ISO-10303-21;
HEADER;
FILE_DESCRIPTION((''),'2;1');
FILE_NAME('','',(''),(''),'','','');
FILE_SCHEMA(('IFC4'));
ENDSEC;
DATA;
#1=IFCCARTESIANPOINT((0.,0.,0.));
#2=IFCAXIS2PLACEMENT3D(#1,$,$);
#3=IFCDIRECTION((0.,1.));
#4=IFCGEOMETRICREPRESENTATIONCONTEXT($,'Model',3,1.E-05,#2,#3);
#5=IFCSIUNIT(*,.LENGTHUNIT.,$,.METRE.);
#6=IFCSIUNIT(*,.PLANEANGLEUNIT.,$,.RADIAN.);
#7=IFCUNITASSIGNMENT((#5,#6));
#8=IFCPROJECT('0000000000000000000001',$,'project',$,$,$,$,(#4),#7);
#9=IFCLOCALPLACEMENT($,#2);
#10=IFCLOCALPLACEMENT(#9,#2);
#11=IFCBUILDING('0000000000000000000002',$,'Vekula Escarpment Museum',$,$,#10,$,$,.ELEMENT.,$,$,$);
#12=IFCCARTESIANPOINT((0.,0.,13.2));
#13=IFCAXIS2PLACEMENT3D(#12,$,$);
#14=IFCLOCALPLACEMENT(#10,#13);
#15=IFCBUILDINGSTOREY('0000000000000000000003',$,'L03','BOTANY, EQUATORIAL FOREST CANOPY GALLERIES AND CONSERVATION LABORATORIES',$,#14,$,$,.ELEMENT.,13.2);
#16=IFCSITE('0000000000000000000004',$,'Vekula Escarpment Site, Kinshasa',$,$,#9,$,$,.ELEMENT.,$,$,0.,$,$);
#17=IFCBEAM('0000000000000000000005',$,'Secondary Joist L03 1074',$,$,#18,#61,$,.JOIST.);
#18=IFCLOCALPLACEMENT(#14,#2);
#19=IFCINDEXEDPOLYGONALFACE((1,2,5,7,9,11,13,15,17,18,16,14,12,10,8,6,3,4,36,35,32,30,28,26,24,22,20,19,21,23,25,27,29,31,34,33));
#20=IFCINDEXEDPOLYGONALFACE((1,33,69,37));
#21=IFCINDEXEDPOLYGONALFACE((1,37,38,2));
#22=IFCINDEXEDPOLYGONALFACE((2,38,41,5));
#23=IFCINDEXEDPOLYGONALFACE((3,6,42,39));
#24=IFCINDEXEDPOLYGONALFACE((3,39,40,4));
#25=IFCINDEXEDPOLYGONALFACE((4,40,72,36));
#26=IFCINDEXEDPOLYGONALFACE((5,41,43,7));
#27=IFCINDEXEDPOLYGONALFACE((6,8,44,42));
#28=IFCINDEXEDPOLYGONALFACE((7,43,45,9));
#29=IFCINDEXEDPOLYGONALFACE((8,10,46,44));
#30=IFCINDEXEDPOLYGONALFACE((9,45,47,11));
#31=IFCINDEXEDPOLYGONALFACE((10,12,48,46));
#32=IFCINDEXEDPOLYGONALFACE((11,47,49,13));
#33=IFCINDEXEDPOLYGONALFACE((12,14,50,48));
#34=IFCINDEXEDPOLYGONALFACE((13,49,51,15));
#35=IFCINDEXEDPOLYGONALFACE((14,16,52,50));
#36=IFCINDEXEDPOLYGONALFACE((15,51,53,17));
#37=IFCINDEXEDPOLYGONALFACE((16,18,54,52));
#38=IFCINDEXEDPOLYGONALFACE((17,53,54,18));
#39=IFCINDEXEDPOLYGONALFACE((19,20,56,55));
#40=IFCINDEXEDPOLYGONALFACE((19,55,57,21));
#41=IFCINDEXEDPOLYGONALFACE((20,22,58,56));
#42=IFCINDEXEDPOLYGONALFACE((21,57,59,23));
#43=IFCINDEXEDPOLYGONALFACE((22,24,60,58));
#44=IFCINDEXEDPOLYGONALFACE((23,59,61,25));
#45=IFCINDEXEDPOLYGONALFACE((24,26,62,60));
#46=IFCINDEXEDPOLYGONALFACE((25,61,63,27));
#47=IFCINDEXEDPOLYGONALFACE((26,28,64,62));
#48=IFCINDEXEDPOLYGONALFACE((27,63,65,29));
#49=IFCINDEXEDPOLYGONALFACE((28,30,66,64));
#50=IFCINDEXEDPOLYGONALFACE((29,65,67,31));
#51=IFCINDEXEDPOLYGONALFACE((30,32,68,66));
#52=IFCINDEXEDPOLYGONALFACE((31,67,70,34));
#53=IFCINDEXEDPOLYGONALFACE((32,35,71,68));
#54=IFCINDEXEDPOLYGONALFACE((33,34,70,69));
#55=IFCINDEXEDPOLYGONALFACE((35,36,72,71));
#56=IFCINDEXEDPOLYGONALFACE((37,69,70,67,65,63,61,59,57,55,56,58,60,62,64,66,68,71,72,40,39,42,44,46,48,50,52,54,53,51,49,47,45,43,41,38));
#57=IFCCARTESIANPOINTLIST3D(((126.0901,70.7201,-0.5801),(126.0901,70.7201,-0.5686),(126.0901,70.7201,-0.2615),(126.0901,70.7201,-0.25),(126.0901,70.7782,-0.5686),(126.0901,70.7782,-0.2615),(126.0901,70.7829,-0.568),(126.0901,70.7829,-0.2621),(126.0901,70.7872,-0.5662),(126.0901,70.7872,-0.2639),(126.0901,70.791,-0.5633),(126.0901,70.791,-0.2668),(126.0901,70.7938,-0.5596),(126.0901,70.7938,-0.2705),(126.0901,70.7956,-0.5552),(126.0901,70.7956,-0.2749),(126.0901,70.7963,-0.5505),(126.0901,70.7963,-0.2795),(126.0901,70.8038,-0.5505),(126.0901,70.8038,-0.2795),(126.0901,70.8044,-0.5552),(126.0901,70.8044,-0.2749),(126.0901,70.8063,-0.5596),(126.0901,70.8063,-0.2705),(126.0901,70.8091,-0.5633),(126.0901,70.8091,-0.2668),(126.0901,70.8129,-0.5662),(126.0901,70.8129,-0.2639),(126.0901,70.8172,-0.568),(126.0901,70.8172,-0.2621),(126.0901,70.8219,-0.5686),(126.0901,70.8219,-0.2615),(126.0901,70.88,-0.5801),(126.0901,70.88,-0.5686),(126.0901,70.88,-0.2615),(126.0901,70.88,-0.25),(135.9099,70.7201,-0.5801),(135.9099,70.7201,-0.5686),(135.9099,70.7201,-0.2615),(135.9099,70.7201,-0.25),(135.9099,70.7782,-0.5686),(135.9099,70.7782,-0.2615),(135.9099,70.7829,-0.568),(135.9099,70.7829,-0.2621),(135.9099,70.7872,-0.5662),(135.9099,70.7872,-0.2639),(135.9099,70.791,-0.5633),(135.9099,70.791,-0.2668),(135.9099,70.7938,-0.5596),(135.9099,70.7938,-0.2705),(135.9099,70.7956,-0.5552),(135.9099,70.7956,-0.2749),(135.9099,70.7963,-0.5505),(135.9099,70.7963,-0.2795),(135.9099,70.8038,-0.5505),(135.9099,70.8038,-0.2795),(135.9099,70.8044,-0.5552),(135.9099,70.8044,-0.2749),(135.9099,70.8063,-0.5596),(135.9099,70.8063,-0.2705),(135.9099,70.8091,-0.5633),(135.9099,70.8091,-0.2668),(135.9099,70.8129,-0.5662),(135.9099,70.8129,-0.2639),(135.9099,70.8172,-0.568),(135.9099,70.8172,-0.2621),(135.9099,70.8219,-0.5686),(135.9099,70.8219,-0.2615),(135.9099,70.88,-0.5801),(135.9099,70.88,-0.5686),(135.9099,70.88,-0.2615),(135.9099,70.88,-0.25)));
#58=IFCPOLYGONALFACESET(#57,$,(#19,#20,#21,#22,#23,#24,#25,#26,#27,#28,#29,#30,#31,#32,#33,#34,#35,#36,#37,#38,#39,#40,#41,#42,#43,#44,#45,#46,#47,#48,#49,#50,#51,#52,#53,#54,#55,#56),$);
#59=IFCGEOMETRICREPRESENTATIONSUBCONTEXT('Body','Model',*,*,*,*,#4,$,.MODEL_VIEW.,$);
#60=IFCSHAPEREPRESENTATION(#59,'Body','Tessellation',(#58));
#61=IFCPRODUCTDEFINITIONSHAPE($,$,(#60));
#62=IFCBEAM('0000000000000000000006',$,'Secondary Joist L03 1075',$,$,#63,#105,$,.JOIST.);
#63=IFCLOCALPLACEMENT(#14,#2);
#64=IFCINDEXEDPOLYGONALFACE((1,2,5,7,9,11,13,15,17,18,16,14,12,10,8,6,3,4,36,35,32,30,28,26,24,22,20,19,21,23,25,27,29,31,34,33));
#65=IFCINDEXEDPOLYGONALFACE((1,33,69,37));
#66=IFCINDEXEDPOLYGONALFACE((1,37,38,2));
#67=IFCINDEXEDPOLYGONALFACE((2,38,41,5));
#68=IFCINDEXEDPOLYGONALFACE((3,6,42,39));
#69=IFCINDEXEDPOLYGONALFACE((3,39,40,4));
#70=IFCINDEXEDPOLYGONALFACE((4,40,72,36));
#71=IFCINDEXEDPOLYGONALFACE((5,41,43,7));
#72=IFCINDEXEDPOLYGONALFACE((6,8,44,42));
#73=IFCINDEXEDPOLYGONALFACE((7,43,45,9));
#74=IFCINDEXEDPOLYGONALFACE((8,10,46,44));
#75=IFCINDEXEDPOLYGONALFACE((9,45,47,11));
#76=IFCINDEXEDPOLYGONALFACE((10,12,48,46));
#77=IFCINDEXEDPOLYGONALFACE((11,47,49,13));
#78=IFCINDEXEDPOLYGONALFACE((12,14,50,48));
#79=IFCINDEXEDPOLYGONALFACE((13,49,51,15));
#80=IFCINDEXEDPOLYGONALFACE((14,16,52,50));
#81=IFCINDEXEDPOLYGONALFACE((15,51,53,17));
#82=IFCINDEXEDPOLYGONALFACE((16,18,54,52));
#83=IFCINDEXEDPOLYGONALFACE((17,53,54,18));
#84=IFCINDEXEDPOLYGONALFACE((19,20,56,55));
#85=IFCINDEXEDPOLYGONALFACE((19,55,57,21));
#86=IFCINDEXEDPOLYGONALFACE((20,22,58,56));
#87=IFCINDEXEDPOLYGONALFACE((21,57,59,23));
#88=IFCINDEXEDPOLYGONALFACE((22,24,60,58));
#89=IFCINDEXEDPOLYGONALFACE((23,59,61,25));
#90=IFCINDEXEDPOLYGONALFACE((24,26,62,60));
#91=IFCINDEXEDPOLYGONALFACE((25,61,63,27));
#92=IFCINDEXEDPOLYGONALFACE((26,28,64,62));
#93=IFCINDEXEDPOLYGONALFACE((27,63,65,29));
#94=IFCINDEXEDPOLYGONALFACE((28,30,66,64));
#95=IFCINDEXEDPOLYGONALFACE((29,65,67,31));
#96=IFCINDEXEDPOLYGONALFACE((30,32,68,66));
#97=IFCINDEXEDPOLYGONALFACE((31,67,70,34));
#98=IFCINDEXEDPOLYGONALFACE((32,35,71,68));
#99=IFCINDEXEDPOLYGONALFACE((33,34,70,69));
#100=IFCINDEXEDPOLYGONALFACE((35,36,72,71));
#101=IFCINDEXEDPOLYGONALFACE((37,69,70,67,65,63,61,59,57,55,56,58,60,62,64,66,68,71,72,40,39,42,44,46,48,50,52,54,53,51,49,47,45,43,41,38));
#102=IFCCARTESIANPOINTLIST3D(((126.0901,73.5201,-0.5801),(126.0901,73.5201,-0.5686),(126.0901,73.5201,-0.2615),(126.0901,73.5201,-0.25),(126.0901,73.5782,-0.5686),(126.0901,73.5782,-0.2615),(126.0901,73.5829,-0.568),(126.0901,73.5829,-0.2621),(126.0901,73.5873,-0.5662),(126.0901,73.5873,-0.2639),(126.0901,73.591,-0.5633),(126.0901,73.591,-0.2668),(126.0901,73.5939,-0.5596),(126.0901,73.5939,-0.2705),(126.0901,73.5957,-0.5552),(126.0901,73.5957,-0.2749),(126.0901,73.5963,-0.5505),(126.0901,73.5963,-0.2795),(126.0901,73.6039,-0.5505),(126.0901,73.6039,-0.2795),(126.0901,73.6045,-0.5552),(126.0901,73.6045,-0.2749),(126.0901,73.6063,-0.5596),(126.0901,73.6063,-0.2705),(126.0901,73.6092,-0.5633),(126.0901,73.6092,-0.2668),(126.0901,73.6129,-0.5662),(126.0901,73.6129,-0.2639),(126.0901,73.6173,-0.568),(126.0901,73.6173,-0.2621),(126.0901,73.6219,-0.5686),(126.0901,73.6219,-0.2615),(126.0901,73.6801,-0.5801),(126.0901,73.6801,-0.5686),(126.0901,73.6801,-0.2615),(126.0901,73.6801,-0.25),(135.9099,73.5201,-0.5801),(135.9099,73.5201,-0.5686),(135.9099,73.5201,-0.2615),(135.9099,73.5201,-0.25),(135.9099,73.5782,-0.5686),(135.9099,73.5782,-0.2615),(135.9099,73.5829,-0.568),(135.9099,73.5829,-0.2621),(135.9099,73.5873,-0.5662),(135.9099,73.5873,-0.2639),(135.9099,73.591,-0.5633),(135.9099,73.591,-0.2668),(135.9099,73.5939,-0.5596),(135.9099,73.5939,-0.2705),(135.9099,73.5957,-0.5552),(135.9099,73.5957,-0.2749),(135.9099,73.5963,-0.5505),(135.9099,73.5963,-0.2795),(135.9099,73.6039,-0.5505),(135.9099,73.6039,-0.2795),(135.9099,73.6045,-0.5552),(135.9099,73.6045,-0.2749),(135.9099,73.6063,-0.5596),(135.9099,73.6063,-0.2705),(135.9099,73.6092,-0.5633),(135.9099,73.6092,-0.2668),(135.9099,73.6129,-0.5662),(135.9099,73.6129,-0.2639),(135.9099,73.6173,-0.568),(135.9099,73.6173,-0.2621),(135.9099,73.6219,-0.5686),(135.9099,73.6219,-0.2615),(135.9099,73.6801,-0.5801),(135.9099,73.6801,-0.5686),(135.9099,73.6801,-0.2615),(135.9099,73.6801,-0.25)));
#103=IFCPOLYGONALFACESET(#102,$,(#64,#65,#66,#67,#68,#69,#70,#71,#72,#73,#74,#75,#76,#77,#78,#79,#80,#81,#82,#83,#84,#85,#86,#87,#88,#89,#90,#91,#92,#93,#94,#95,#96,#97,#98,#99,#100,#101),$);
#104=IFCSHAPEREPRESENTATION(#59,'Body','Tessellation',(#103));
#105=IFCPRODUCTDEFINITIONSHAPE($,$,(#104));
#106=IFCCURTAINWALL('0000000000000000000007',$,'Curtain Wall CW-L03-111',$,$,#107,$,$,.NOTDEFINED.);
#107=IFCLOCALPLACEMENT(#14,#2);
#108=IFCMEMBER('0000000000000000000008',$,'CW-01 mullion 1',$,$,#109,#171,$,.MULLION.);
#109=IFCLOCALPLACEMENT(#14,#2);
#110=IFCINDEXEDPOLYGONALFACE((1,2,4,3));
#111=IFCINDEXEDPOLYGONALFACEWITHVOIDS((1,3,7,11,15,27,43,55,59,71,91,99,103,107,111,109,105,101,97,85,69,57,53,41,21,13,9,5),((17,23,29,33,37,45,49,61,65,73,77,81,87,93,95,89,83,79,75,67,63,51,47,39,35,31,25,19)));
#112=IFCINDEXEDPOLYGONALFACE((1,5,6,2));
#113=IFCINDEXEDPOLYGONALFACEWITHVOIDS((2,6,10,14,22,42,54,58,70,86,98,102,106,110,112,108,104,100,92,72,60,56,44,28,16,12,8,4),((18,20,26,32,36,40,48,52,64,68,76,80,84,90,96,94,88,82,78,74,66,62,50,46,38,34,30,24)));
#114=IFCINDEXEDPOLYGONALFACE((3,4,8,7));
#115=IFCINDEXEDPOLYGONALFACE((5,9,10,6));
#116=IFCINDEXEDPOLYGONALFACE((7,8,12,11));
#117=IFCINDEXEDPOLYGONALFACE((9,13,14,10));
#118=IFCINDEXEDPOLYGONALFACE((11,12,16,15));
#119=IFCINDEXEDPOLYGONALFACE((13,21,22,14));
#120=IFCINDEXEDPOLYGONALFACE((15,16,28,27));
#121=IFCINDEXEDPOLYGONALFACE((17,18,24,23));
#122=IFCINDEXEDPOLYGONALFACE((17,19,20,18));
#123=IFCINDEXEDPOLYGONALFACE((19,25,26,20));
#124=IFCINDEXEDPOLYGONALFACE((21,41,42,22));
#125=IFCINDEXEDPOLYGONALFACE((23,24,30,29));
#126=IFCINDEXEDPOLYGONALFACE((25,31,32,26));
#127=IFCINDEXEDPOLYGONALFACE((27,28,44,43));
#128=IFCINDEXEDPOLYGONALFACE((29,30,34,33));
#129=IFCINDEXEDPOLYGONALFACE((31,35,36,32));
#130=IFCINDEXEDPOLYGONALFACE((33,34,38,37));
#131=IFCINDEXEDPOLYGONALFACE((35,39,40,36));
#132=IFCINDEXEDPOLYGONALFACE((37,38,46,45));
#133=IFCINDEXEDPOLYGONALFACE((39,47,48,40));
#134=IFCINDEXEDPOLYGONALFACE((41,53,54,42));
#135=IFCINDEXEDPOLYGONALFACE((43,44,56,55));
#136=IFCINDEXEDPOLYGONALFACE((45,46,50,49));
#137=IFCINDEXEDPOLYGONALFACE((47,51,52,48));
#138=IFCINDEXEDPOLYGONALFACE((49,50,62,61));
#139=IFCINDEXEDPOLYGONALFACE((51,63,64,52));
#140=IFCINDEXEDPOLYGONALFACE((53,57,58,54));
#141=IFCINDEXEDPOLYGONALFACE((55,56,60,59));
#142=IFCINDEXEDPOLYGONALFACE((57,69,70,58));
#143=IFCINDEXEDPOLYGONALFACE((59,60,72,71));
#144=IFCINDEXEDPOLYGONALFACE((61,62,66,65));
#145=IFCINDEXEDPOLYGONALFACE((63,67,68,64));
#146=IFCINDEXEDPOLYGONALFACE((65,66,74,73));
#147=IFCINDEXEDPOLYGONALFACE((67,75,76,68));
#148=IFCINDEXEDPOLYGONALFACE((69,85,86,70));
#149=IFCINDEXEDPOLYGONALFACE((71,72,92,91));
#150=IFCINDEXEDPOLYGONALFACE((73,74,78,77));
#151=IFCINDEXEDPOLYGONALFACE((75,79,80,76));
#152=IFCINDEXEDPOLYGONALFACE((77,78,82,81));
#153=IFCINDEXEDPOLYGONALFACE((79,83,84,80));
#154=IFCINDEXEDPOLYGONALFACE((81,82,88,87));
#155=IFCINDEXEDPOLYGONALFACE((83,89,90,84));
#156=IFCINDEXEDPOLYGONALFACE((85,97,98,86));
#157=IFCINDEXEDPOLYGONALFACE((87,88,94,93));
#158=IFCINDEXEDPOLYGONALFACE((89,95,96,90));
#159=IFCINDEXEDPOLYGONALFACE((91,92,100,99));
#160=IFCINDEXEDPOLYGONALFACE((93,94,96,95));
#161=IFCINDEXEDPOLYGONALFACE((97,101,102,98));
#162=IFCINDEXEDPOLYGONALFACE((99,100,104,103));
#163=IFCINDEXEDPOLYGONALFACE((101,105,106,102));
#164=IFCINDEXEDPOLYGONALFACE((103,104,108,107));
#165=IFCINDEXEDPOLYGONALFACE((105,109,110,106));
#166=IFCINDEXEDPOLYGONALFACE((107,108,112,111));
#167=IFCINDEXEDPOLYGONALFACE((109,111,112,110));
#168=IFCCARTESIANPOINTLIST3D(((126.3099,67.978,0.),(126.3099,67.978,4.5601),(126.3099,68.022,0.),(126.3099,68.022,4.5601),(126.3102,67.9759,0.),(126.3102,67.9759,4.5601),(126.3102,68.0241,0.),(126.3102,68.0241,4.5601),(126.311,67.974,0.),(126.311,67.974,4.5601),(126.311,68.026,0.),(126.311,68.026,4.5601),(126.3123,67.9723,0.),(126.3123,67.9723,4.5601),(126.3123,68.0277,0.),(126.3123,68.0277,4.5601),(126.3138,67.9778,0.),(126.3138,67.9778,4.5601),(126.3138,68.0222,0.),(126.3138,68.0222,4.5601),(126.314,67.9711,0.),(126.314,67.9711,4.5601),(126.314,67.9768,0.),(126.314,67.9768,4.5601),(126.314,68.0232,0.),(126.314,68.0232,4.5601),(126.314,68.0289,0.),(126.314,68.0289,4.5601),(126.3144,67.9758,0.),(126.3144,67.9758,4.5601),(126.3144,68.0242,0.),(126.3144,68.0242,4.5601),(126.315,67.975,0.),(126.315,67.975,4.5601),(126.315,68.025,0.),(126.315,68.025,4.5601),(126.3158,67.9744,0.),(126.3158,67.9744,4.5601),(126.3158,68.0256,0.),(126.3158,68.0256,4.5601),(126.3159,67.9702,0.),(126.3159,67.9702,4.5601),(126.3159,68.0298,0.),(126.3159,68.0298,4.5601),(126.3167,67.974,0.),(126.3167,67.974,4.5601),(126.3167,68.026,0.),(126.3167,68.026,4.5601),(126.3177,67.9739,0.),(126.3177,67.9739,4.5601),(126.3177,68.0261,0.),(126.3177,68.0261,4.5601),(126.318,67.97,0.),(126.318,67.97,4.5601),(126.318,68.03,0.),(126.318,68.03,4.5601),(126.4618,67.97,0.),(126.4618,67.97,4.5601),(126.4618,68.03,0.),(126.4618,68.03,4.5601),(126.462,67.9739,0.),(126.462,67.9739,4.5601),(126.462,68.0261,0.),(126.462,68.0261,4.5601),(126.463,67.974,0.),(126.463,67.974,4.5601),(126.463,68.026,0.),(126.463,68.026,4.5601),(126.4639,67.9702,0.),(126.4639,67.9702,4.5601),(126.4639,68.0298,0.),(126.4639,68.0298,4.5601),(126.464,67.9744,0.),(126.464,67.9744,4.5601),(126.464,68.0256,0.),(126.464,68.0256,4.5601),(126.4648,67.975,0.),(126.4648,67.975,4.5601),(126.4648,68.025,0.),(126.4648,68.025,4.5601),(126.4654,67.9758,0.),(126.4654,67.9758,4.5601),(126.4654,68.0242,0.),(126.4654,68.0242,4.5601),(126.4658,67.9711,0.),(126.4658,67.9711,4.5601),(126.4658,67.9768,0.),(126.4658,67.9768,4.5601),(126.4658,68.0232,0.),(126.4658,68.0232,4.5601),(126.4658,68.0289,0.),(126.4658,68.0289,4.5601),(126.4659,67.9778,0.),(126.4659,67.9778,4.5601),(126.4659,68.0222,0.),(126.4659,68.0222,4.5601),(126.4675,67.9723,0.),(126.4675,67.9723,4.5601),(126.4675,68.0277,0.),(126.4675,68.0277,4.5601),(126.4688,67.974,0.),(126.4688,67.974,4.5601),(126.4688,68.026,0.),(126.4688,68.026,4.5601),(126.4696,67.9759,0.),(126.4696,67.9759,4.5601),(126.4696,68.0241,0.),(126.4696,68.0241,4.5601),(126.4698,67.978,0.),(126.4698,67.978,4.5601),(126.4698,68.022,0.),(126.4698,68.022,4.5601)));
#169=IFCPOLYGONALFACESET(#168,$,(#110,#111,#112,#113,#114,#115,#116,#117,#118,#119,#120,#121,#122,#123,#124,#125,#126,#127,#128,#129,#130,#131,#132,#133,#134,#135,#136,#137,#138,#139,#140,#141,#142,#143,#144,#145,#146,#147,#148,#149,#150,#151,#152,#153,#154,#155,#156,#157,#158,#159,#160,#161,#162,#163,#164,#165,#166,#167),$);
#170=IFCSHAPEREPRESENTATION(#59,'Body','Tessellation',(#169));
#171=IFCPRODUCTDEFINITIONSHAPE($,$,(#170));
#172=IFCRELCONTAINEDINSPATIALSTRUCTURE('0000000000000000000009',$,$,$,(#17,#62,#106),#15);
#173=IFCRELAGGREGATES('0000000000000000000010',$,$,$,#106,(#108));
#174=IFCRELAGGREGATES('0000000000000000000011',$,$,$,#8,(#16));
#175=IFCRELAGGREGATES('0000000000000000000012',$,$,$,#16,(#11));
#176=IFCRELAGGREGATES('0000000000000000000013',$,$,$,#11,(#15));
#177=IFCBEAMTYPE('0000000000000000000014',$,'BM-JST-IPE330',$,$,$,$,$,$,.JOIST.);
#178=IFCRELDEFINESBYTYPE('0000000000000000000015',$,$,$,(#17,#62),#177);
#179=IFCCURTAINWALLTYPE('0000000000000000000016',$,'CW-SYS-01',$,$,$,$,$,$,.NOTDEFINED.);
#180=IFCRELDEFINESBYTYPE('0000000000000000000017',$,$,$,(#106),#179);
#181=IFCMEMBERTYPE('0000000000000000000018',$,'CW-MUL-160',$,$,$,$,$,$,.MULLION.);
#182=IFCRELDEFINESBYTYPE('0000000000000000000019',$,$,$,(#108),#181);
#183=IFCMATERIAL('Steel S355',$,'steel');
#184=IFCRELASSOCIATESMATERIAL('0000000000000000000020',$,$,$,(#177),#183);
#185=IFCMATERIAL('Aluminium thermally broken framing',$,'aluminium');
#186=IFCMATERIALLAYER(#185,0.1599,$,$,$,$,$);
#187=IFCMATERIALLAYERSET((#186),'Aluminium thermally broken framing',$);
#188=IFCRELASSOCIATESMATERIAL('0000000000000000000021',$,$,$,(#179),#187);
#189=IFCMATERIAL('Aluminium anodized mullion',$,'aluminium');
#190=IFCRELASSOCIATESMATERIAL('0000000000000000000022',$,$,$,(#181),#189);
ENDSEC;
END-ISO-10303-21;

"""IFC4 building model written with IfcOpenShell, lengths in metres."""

from ifc_helpers import new_model, si_unit, direction, frame, origin, origin_2d, place, context, subcontext, project, spatial, hollow_rectangle, i_section, extrude, material, layer, layer_set, material_profile, profile_set, type_object, element, aggregate, save


model = new_model("IFC4")

# Units and contexts
model_context = context("Model", 3, precision=1e-05, world=origin(), true_north=direction((0.0, 1.0)))
body_context = subcontext(model_context, "Body", "Model", "MODEL_VIEW")
ifc_project = project(units=[si_unit("LENGTHUNIT", "METRE"), si_unit("PLANEANGLEUNIT", "RADIAN")], contexts=[model_context])

# Site, building, storey
site_placement = place(None, origin())
site = spatial("IfcSite", under=ifc_project, at=site_placement, Name="Vekula Escarpment Site, Kinshasa", CompositionType="ELEMENT", RefElevation=0.0)
building_placement = place(site_placement, origin())
building = spatial("IfcBuilding", under=site, at=building_placement, Name="Vekula Escarpment Museum", CompositionType="ELEMENT")
storey_placement = place(building_placement, frame((0.0, 0.0, 13.2)))
storey = spatial("IfcBuildingStorey", under=building, at=storey_placement, Name="L03", Description="BOTANY, EQUATORIAL FOREST CANOPY GALLERIES AND CONSERVATION LABORATORIES", CompositionType="ELEMENT", Elevation=13.2)

# Beams
ifc_material_1 = material(Name="Steel S355", Category="steel")
ifc_material_profile_1 = material_profile(ifc_material_1, i_section(OverallWidth=0.1599, OverallDepth=0.3301, WebThickness=0.0076, FlangeThickness=0.0115, FilletRadius=0.0181, at=origin_2d()), Name="IPE 330")
ifc_profile_set_1 = profile_set([ifc_material_profile_1], Name="Steel S355")
beam_type = type_object("IfcBeamType", Name="BM-JST-IPE330", PredefinedType="JOIST", material=ifc_profile_set_1)
for number, where, z_axis, x_axis, name in (
    (1, (126.0901, 70.8, -0.415), (1.0, 0.0, 0.0), (0.0, 1.0, 0.0), "Secondary Joist L03 1074"),
    (2, (126.0901, 73.6001, -0.415), (1.0, 0.0, 0.0), (0.0, 1.0, 0.0), "Secondary Joist L03 1075"),
):
    element("IfcBeam", number, at=place(storey_placement, frame(where, z_axis=z_axis, x_axis=x_axis)), inside=storey, type_object=beam_type, Name=name, PredefinedType="JOIST", context=body_context, shape_type="SweptSolid", body=[
        extrude(i_section(OverallWidth=0.1599, OverallDepth=0.3301, WebThickness=0.0076, FlangeThickness=0.0115, FilletRadius=0.0181, at=origin_2d()), origin(), (0.0, 0.0, 1.0), 9.8198),
    ])

# Curtain wall, member
ifc_material_2 = material(Name="Aluminium thermally broken framing", Category="aluminium")
ifc_layer_1 = layer(ifc_material_2, 0.1599)
ifc_layer_set_1 = layer_set([ifc_layer_1], Name="Aluminium thermally broken framing")
curtain_wall_type = type_object("IfcCurtainWallType", Name="CW-SYS-01", PredefinedType="NOTDEFINED", material=ifc_layer_set_1)
curtain_wall_placement = place(storey_placement, origin())
curtain_wall = element("IfcCurtainWall", 3, at=curtain_wall_placement, inside=storey, type_object=curtain_wall_type, Name="Curtain Wall CW-L03-111", PredefinedType="NOTDEFINED")
ifc_material_3 = material(Name="Aluminium anodized mullion", Category="aluminium")
ifc_material_profile_2 = material_profile(ifc_material_3, hollow_rectangle(XDim=0.0601, YDim=0.1599, WallThickness=0.0039, InnerFilletRadius=0.0039, OuterFilletRadius=0.0081, at=origin_2d()), Name="ALU 160x60x4")
ifc_profile_set_2 = profile_set([ifc_material_profile_2], Name="Aluminium anodized mullion")
member_type_1 = type_object("IfcMemberType", Name="CW-MUL-160", PredefinedType="MULLION", material=ifc_profile_set_2)
member_1_placement = place(storey_placement, frame((126.3899, 68.0, 0.0), z_axis=(0.0, 0.0, 1.0), x_axis=(0.0, 1.0, 0.0)))
member_1 = element("IfcMember", 4, at=member_1_placement, type_object=member_type_1, Name="CW-01 mullion 1", PredefinedType="MULLION", context=body_context, shape_type="SweptSolid", body=[
    extrude(hollow_rectangle(XDim=0.0601, YDim=0.1599, WallThickness=0.0039, InnerFilletRadius=0.0039, OuterFilletRadius=0.0081, at=origin_2d()), origin(), (0.0, 0.0, 1.0), 4.5601),
])
aggregate(curtain_wall, [member_1])

save(model, "model.ifc")
